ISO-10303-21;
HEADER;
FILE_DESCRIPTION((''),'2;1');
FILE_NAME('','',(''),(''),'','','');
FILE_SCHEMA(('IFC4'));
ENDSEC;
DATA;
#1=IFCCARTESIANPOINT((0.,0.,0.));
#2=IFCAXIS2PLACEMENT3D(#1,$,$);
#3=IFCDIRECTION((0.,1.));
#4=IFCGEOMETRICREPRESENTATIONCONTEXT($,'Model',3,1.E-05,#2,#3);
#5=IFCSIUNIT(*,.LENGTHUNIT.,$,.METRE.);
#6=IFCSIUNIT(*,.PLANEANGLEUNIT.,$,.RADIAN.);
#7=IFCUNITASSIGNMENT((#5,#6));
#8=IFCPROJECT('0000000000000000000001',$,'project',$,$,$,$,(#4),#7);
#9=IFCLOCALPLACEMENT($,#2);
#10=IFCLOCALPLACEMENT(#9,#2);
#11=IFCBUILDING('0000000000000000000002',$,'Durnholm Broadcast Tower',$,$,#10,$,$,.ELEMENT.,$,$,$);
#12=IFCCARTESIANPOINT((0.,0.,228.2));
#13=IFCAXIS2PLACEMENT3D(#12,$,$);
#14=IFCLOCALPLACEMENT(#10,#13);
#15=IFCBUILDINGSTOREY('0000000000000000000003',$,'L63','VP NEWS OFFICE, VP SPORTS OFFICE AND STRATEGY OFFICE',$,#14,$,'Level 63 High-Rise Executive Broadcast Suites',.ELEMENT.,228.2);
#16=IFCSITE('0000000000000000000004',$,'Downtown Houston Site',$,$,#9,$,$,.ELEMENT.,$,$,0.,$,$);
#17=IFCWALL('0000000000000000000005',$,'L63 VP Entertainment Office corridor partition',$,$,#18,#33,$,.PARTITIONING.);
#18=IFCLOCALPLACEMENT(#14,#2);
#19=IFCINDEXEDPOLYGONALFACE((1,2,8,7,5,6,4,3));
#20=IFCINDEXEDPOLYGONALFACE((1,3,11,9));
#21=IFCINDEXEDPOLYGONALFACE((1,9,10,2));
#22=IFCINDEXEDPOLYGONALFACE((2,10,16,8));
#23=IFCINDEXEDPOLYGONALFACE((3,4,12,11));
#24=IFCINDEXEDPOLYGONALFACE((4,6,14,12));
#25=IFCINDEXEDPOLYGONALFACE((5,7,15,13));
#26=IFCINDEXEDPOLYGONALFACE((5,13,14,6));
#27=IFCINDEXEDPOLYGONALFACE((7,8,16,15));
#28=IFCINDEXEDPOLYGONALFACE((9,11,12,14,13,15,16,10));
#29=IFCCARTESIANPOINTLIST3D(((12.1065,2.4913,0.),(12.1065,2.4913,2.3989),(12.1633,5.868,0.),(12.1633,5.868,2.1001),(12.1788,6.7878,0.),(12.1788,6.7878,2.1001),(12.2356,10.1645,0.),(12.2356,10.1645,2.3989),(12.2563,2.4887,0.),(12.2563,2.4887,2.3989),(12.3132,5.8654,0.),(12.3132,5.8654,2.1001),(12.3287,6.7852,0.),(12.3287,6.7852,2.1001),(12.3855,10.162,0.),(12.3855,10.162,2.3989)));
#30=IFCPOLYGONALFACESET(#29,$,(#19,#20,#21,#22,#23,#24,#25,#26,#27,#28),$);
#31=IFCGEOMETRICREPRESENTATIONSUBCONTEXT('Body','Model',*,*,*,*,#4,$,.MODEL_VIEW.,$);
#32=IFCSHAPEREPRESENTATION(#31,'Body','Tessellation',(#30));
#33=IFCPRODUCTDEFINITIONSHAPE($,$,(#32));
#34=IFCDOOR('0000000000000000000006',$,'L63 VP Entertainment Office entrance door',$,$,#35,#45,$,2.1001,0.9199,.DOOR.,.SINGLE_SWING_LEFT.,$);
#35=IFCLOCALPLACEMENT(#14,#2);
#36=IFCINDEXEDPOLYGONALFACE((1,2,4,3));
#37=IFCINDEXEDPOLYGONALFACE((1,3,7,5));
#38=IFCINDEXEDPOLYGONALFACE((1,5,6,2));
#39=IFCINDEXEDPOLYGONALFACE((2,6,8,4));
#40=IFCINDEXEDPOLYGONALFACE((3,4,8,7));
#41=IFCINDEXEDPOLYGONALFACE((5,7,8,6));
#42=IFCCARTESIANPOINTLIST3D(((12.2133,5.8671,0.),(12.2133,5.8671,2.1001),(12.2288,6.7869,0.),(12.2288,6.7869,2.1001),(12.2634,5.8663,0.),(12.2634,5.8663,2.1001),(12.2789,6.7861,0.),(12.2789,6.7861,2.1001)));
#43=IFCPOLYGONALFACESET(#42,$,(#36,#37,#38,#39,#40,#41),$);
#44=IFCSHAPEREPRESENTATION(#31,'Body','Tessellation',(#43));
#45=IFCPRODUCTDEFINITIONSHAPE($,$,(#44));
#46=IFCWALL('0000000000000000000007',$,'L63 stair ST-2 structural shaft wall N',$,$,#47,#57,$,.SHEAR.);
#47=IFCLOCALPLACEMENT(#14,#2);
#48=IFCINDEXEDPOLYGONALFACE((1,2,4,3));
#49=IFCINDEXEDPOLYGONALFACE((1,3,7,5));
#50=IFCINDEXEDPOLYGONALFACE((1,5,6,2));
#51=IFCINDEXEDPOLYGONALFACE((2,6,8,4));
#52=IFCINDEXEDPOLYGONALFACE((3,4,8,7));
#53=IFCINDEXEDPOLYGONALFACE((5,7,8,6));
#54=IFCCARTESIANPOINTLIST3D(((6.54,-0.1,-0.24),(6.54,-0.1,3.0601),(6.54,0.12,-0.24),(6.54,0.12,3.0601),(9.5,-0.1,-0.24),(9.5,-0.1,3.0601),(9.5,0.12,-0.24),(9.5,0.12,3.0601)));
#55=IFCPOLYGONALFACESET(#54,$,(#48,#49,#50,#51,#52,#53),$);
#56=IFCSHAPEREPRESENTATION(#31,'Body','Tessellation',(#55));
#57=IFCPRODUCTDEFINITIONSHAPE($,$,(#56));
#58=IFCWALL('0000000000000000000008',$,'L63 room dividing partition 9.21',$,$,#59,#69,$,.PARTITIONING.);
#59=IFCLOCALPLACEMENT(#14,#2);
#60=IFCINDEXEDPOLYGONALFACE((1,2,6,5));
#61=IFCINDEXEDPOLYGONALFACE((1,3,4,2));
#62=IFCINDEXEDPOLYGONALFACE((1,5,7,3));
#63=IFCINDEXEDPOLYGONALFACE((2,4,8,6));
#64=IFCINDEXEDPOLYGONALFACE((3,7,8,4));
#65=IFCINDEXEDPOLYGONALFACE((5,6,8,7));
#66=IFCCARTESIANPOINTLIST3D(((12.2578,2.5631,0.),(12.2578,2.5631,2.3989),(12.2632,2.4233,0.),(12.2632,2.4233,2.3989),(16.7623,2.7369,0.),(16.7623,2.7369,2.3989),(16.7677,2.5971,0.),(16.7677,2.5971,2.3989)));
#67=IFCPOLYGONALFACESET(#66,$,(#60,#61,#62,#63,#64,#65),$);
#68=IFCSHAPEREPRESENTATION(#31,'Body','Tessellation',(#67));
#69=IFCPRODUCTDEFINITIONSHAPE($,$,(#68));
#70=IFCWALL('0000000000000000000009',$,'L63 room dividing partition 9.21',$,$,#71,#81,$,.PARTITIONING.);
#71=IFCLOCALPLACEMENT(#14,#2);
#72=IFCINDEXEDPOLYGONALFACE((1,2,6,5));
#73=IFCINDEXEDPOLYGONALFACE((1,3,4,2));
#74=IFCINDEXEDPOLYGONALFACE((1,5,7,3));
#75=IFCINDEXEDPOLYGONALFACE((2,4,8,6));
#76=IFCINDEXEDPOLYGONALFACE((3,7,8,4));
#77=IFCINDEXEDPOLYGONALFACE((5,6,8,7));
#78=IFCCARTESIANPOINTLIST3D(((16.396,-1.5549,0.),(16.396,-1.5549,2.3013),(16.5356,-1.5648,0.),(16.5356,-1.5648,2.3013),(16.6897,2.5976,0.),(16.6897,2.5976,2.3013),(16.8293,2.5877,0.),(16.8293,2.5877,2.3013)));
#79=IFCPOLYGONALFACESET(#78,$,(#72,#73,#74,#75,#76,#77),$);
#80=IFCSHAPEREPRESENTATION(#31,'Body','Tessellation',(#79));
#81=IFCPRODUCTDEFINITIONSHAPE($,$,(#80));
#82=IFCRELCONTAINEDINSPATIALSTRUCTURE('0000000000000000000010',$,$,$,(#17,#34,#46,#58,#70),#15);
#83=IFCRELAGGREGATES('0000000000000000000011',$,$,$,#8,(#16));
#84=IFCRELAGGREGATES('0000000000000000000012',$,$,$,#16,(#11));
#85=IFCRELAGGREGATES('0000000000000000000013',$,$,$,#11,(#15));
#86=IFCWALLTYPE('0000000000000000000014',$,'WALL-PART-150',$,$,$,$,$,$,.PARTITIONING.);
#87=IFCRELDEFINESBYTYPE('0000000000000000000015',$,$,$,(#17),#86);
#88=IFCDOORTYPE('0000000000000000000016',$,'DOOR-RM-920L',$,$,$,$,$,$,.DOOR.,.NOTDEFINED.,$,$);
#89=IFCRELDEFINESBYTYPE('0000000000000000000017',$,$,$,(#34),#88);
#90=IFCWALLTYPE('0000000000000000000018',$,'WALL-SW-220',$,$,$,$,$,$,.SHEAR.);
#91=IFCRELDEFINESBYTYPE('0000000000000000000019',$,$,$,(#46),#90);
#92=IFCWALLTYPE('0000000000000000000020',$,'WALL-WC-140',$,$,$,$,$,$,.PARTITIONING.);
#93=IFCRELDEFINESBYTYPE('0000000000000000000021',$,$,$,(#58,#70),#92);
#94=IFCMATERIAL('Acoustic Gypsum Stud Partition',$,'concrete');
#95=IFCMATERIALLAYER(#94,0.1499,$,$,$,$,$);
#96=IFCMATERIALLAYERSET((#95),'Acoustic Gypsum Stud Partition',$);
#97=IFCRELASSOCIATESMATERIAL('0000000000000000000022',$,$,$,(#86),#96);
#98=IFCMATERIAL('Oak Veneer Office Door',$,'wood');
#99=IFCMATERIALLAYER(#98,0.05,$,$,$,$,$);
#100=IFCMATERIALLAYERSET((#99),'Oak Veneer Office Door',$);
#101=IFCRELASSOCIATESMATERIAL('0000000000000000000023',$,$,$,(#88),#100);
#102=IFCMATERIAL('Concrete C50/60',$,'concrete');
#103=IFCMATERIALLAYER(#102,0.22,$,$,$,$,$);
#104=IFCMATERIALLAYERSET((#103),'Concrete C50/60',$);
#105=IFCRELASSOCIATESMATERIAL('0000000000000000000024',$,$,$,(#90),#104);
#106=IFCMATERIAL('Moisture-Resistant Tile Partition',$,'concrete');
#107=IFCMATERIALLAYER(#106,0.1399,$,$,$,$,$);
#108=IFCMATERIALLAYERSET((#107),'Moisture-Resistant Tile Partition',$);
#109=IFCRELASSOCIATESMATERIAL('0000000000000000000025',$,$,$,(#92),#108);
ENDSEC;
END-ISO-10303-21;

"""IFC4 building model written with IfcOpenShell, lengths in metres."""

from ifc_helpers import new_model, si_unit, direction, frame, frame_2d, origin, place, context, subcontext, project, spatial, rectangle, extrude, source, transform, mapped, material, layer, layer_set, type_object, type_shapes, element, fill, save


model = new_model("IFC4")

# Units and contexts
model_context = context("Model", 3, precision=1e-05, world=origin(), true_north=direction((0.0, 1.0)))
body_context = subcontext(model_context, "Body", "Model", "MODEL_VIEW")
ifc_project = project(units=[si_unit("LENGTHUNIT", "METRE"), si_unit("PLANEANGLEUNIT", "RADIAN")], contexts=[model_context])

# Site, building, storey
site_placement = place(None, origin())
site = spatial("IfcSite", under=ifc_project, at=site_placement, Name="Downtown Houston Site", CompositionType="ELEMENT", RefElevation=0.0)
building_placement = place(site_placement, origin())
building = spatial("IfcBuilding", under=site, at=building_placement, Name="Durnholm Broadcast Tower", CompositionType="ELEMENT")
storey_placement = place(building_placement, frame((0.0, 0.0, 228.2)))
storey = spatial("IfcBuildingStorey", under=building, at=storey_placement, Name="L63", Description="VP NEWS OFFICE, VP SPORTS OFFICE AND STRATEGY OFFICE", LongName="Level 63 High-Rise Executive Broadcast Suites", CompositionType="ELEMENT", Elevation=228.2)

# Wall, opening, door
ifc_material_1 = material(Name="Acoustic Gypsum Stud Partition", Category="concrete")
ifc_layer_1 = layer(ifc_material_1, 0.1499)
ifc_layer_set_1 = layer_set([ifc_layer_1], Name="Acoustic Gypsum Stud Partition")
wall_type_1 = type_object("IfcWallType", Name="WALL-PART-150", PredefinedType="PARTITIONING", material=ifc_layer_set_1)
ifc_material_2 = material(Name="Oak Veneer Office Door", Category="wood")
ifc_layer_2 = layer(ifc_material_2, 0.05)
ifc_layer_set_2 = layer_set([ifc_layer_2], Name="Oak Veneer Office Door")
door_type = type_object("IfcDoorType", Name="DOOR-RM-920L", OperationType="NOTDEFINED", PredefinedType="DOOR", material=ifc_layer_set_2)
shared_shape_1 = source(origin(), body_context, "Body", "SweptSolid", [
    extrude(rectangle(XDim=0.9199, YDim=2.1001, at=frame_2d((0.46, 1.05))), frame((0.0, 0.0249, 0.0), z_axis=(0.0, -1.0, 0.0), x_axis=(1.0, 0.0, 0.0)), (0.0, 0.0, 1.0), 0.05),
])
type_shapes(door_type, [shared_shape_1])
wall_1_placement = place(storey_placement, frame((12.1814, 2.49, 0.0), z_axis=(0.0, 0.0, 1.0), x_axis=(0.016829, 0.999858, 0.0)))
wall_1 = element("IfcWall", 1, at=wall_1_placement, inside=storey, type_object=wall_type_1, Name="L63 VP Entertainment Office corridor partition", PredefinedType="PARTITIONING", context=body_context, shape_type="SweptSolid", body=[
    extrude(rectangle(XDim=7.6743, YDim=0.1499, at=frame_2d((3.8372, 0.0))), origin(), (0.0, 0.0, 1.0), 2.3989),
])
opening_1_placement = place(wall_1_placement, frame((3.3772, 0.0, 0.0)))
opening_1 = element("IfcOpeningElement", 2, at=opening_1_placement, cuts=wall_1, PredefinedType="OPENING", context=body_context, shape_type="SweptSolid", body=[
    extrude(rectangle(XDim=0.9199, YDim=2.1001, at=frame_2d((0.46, 1.05))), frame((0.0, 0.085, 0.0), z_axis=(0.0, -1.0, 0.0), x_axis=(1.0, 0.0, 0.0)), (0.0, 0.0, 1.0), 0.1699),
])
door_1_placement = place(opening_1_placement, origin())
door_1 = element("IfcDoor", 3, at=door_1_placement, inside=storey, type_object=door_type, Name="L63 VP Entertainment Office entrance door", OperationType="SINGLE_SWING_LEFT", OverallHeight=2.1001, OverallWidth=0.9199, PredefinedType="DOOR", context=body_context, shape_type="MappedRepresentation", body=[
    mapped(shared_shape_1, transform((0.0, 0.0, 0.0), x_axis=(1.0, 0.0, 0.0), y_axis=(0.0, 1.0, 0.0), z_axis=(0.0, 0.0, 1.0), scale=1.0)),
])
fill(opening_1, door_1)

# Walls
ifc_material_3 = material(Name="Concrete C50/60", Category="concrete")
ifc_layer_3 = layer(ifc_material_3, 0.22)
ifc_layer_set_3 = layer_set([ifc_layer_3], Name="Concrete C50/60")
wall_type_2 = type_object("IfcWallType", Name="WALL-SW-220", PredefinedType="SHEAR", material=ifc_layer_set_3)
wall_2_placement = place(storey_placement, frame((9.5, 0.01, -0.24), z_axis=(0.0, 0.0, 1.0), x_axis=(-1.0, 0.0, 0.0)))
element("IfcWall", 4, at=wall_2_placement, inside=storey, type_object=wall_type_2, Name="L63 stair ST-2 structural shaft wall N", PredefinedType="SHEAR", context=body_context, shape_type="SweptSolid", body=[
    extrude(rectangle(XDim=2.96, YDim=0.22, at=frame_2d((1.48, 0.0))), origin(), (0.0, 0.0, 1.0), 3.3),
])
ifc_material_4 = material(Name="Moisture-Resistant Tile Partition", Category="concrete")
ifc_layer_4 = layer(ifc_material_4, 0.1399)
ifc_layer_set_4 = layer_set([ifc_layer_4], Name="Moisture-Resistant Tile Partition")
wall_type_3 = type_object("IfcWallType", Name="WALL-WC-140", PredefinedType="PARTITIONING", material=ifc_layer_set_4)
wall_3_placement = place(storey_placement, frame((12.2605, 2.4932, 0.0), z_axis=(0.0, 0.0, 1.0), x_axis=(0.999256, 0.038562, 0.0)))
element("IfcWall", 5, at=wall_3_placement, inside=storey, type_object=wall_type_3, Name="L63 room dividing partition 9.21", PredefinedType="PARTITIONING", context=body_context, shape_type="SweptSolid", body=[
    extrude(rectangle(XDim=4.5078, YDim=0.1399, at=frame_2d((2.2539, 0.0))), origin(), (0.0, 0.0, 1.0), 2.3989),
])
wall_4_placement = place(storey_placement, frame((16.7595, 2.5928, 0.0), z_axis=(0.0, 0.0, 1.0), x_axis=(-0.070551, -0.997508, 0.0)))
element("IfcWall", 6, at=wall_4_placement, inside=storey, type_object=wall_type_3, Name="L63 room dividing partition 9.21", PredefinedType="PARTITIONING", context=body_context, shape_type="SweptSolid", body=[
    extrude(rectangle(XDim=4.1628, YDim=0.1399, at=frame_2d((2.0815, 0.0))), origin(), (0.0, 0.0, 1.0), 2.3013),
])

save(model, "model.ifc")
